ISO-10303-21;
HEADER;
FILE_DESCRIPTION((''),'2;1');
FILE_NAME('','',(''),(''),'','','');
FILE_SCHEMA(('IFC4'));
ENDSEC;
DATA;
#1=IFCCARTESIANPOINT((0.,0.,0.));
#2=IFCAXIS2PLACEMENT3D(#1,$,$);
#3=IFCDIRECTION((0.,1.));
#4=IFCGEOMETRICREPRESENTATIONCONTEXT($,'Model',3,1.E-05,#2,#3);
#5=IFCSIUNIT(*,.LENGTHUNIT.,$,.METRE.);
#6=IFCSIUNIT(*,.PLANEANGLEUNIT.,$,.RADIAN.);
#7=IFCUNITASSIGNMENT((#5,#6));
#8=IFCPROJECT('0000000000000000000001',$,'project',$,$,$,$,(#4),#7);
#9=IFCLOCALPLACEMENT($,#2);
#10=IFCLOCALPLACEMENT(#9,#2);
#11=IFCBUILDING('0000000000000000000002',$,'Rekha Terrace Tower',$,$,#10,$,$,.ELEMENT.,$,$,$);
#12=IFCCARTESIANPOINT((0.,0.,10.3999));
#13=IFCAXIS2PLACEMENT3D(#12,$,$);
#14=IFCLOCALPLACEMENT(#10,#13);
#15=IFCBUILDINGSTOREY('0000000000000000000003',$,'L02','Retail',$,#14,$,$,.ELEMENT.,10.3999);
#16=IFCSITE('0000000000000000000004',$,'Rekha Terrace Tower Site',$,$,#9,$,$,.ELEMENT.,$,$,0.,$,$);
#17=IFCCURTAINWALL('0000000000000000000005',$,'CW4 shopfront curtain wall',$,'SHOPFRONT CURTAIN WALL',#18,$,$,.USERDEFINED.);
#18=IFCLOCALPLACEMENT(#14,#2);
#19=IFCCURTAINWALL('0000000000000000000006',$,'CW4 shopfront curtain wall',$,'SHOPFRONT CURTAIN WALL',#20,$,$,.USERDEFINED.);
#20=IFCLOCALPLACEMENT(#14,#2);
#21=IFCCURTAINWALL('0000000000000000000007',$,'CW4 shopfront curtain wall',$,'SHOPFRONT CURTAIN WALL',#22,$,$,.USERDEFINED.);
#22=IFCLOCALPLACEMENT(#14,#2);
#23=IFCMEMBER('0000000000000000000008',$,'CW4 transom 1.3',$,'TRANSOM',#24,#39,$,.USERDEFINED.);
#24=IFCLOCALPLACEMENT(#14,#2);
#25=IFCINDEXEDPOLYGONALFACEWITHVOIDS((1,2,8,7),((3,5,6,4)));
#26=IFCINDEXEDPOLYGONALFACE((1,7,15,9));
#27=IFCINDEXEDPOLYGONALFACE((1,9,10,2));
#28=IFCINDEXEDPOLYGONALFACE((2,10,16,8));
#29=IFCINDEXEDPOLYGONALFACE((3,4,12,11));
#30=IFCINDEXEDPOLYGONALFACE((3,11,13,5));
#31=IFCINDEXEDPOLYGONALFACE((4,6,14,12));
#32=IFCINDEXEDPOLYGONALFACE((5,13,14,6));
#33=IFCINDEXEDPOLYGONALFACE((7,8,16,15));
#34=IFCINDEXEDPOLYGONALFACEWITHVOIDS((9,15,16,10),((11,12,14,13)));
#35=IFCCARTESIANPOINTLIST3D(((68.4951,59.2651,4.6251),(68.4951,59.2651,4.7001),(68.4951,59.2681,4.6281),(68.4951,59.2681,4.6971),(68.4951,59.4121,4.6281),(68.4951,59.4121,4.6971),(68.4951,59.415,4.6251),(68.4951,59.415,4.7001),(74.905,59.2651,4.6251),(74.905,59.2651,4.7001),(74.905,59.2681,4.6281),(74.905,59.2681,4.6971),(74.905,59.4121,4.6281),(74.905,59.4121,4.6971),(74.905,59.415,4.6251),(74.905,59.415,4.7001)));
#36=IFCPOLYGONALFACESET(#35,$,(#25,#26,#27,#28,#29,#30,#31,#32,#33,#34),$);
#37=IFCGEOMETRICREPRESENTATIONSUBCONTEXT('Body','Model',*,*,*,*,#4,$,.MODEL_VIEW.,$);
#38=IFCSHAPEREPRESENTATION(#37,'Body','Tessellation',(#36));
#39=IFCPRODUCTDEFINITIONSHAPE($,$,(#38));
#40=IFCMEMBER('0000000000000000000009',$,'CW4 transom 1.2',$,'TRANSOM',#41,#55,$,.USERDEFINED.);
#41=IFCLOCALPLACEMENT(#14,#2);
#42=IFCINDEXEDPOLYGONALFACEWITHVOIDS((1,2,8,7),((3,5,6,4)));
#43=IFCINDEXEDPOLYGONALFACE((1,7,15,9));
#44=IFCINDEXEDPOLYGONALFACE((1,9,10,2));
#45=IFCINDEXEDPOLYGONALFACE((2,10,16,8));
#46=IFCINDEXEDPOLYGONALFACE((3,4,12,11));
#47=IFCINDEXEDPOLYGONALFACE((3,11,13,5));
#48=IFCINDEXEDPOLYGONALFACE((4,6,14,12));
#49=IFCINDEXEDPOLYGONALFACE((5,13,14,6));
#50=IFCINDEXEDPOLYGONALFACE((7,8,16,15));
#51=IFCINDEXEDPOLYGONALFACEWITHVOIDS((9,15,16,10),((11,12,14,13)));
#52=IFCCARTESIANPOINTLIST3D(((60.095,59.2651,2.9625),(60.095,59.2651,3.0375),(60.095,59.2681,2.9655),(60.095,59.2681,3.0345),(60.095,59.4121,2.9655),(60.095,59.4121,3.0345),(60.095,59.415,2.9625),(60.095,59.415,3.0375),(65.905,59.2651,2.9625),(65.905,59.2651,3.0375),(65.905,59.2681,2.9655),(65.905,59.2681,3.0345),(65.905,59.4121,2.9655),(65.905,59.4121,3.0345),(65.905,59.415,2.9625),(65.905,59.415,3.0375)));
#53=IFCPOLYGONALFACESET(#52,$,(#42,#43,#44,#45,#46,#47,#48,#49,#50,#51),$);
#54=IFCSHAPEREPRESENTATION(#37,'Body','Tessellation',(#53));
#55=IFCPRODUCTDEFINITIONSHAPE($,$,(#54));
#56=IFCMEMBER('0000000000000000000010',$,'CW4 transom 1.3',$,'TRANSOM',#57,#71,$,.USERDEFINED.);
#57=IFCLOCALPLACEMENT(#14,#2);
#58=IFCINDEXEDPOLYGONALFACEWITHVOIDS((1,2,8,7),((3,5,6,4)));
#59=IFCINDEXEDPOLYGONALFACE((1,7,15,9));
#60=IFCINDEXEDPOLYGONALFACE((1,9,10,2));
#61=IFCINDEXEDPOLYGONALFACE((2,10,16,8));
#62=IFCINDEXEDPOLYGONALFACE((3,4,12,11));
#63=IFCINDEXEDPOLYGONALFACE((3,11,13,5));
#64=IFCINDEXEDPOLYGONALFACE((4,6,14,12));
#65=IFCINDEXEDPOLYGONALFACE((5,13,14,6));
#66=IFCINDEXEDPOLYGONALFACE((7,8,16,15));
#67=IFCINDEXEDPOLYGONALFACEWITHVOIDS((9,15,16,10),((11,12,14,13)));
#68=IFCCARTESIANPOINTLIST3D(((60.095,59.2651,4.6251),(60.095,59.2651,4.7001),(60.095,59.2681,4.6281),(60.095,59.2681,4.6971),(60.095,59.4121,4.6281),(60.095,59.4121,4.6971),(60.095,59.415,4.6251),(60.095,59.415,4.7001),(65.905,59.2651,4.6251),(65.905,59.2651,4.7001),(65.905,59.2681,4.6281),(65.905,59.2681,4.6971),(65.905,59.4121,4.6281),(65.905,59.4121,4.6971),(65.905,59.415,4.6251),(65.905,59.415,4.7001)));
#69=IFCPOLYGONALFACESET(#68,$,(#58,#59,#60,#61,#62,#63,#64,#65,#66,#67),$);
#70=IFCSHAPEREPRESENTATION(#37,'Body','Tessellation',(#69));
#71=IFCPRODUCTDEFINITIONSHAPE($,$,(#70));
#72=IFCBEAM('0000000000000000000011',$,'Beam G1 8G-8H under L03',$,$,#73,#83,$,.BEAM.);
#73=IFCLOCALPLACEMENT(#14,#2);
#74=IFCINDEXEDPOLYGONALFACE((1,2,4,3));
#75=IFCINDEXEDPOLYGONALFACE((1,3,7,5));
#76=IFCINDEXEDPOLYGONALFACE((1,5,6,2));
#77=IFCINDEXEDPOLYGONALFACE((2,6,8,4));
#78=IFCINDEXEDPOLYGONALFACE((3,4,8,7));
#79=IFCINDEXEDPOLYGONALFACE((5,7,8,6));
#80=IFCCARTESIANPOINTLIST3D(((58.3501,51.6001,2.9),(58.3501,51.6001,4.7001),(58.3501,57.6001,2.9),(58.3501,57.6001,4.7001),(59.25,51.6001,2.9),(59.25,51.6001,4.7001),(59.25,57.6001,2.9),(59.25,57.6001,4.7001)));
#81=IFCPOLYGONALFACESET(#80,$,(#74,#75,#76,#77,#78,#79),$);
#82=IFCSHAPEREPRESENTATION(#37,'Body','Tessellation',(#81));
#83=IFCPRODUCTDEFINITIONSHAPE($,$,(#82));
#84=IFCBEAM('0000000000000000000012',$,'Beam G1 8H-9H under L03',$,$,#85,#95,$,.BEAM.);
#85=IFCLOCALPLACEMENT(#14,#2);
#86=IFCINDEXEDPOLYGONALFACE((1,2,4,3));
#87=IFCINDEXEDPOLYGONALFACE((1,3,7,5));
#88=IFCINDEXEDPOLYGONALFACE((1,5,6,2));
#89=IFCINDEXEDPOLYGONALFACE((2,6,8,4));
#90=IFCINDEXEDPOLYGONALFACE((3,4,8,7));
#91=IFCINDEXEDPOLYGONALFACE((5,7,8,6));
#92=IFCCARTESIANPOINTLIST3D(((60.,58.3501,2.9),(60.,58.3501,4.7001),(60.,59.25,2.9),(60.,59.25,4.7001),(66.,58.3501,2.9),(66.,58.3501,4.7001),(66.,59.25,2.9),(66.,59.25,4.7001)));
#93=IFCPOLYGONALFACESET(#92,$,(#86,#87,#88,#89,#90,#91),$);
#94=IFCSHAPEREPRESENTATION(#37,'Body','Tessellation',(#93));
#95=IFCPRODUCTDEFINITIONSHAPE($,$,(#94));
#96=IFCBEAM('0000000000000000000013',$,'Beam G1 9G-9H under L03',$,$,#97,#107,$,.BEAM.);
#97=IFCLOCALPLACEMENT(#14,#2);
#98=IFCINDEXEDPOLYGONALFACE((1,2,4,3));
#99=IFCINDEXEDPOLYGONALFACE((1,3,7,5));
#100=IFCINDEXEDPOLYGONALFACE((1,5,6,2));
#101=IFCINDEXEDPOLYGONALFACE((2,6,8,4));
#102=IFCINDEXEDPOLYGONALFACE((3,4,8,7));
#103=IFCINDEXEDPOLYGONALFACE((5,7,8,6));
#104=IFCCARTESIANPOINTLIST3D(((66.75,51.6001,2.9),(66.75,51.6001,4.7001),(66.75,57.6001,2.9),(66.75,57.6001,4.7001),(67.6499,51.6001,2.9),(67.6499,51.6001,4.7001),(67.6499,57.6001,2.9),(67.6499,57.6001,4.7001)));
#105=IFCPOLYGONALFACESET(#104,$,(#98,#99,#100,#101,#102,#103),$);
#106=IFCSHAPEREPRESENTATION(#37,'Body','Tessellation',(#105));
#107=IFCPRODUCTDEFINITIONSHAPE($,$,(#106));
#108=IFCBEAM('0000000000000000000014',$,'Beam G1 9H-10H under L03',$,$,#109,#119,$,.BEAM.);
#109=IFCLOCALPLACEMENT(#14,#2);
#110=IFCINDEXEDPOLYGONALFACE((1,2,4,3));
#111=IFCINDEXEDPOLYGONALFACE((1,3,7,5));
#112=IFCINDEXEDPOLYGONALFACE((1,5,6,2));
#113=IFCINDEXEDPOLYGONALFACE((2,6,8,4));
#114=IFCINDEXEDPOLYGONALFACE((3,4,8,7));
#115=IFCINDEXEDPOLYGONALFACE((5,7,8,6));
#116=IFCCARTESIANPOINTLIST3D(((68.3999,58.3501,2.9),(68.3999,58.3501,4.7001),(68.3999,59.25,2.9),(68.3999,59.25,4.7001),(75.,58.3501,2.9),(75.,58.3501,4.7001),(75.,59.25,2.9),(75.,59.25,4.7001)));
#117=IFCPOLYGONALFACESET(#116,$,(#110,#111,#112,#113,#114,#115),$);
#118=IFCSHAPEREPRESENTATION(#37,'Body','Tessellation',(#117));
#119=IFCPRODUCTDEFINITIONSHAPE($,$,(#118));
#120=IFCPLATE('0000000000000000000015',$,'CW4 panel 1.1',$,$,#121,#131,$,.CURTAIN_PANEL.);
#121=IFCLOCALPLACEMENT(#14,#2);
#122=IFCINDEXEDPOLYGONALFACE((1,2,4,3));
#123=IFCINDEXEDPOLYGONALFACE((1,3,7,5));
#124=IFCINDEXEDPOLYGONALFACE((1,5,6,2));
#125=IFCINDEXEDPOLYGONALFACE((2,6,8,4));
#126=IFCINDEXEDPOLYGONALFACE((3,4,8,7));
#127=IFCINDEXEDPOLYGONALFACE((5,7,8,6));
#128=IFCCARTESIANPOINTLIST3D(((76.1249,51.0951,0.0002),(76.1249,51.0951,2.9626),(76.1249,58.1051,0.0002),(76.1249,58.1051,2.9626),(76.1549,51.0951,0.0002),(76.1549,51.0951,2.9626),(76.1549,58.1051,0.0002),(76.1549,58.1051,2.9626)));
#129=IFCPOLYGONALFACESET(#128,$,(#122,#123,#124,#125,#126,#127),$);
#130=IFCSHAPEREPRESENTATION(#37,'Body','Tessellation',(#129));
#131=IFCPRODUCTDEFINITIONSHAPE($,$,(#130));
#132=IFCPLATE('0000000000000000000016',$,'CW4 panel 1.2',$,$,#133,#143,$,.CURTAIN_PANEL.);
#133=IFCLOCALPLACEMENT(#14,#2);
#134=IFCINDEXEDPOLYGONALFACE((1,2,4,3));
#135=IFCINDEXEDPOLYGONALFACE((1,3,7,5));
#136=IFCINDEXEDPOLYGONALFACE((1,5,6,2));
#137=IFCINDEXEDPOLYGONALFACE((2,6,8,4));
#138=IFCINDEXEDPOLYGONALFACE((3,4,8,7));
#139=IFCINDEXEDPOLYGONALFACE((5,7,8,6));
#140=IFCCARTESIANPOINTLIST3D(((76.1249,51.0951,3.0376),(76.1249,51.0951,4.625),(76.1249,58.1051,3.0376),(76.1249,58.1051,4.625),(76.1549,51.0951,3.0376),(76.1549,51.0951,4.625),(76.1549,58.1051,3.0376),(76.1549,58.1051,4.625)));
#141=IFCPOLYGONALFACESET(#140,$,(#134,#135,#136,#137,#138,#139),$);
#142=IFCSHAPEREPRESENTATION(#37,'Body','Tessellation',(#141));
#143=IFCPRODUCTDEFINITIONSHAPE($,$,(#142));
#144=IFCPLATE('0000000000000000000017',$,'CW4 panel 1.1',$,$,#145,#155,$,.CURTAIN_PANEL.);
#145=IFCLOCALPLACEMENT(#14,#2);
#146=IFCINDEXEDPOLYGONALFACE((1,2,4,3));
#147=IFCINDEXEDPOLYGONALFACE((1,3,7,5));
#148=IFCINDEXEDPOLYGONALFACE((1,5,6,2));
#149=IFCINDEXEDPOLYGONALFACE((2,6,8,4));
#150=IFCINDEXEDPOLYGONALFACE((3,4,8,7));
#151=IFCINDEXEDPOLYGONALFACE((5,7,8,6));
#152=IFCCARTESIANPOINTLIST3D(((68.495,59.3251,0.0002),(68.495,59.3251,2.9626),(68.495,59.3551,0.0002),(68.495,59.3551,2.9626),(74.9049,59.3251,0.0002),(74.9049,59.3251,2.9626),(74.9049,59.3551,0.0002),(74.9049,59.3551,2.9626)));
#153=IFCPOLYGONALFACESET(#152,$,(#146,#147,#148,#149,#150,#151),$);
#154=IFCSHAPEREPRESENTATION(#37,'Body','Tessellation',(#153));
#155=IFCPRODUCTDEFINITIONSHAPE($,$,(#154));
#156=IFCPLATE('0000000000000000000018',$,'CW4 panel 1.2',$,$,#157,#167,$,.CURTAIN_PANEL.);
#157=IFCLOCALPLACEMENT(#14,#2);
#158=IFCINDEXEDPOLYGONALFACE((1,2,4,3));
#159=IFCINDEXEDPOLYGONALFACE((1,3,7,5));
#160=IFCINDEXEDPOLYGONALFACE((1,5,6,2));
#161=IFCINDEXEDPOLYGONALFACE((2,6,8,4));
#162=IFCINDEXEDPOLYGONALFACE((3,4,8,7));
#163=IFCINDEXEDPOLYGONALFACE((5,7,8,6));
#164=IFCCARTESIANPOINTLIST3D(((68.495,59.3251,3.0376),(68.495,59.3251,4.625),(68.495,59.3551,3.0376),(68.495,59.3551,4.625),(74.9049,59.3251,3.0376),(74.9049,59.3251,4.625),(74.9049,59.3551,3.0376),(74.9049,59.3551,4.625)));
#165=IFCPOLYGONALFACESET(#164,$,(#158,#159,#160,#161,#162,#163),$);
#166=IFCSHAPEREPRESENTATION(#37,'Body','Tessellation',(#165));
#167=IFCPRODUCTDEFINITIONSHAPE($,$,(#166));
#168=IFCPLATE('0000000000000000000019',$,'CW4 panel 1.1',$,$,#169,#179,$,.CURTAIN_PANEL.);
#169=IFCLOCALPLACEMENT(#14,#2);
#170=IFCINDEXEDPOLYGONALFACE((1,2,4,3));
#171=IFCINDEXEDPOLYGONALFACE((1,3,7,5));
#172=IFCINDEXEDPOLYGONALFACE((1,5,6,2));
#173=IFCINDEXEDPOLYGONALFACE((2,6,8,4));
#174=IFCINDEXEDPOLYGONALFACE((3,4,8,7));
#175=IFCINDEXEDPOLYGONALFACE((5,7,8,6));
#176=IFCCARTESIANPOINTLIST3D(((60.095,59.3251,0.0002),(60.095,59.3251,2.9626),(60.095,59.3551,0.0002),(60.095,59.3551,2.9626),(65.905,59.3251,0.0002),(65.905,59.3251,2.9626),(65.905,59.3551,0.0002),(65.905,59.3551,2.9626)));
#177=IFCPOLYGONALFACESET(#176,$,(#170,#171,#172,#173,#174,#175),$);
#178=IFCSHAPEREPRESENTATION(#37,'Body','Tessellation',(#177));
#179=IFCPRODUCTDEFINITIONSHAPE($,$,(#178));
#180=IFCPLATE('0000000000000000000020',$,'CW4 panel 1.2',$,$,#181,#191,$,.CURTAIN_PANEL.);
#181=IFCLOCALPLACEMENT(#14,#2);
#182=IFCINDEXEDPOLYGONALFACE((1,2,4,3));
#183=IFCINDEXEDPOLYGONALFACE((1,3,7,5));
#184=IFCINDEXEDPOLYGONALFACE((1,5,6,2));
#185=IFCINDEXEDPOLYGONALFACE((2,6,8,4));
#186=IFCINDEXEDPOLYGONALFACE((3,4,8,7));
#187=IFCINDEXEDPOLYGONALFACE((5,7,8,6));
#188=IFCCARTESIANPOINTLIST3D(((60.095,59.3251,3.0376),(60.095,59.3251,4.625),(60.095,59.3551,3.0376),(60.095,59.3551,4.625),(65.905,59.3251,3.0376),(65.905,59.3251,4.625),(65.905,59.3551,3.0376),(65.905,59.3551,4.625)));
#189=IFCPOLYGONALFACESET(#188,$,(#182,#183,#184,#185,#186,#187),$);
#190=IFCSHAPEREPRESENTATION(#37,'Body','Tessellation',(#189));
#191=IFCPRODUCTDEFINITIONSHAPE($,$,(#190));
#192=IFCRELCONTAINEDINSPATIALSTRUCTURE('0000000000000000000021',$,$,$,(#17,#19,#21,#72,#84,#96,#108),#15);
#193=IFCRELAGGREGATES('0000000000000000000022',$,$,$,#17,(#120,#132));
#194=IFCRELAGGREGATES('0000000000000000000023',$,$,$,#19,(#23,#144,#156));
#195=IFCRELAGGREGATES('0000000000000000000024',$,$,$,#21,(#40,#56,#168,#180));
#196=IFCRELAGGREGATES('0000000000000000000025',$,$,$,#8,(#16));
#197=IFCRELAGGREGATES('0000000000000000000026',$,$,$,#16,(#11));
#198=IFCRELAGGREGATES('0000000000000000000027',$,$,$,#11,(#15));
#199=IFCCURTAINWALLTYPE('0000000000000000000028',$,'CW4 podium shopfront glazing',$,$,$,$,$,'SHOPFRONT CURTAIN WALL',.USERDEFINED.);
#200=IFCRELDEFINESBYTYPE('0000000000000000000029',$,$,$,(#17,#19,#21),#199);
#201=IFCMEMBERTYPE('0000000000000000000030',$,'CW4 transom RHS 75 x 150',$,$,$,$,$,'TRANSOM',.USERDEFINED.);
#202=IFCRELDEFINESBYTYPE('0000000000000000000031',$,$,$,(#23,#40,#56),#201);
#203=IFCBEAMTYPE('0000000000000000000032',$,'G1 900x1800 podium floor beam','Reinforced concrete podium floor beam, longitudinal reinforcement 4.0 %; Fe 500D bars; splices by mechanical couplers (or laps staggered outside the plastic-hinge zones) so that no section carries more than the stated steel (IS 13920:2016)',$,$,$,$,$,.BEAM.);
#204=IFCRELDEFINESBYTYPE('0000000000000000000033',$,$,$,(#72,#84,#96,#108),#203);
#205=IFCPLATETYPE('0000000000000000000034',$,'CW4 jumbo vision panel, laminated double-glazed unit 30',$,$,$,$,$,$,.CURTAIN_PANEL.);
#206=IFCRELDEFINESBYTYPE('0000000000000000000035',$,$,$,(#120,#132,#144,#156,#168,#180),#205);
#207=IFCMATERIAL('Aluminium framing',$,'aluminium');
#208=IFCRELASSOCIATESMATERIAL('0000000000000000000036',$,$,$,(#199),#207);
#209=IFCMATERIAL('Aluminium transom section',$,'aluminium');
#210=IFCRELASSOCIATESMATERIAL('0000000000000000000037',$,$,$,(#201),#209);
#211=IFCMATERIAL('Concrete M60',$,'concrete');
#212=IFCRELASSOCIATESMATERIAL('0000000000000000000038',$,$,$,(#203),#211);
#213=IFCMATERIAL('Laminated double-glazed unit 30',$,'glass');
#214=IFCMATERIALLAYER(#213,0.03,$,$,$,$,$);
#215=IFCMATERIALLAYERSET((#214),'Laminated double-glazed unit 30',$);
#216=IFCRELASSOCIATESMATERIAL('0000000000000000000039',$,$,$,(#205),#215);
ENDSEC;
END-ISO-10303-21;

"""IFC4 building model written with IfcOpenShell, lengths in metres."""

from ifc_helpers import new_model, si_unit, direction, frame, origin, origin_2d, place, context, subcontext, project, spatial, rectangle, hollow_rectangle, extrude, material, layer, layer_set, material_profile, profile_set, type_object, element, aggregate, save


model = new_model("IFC4")

# Units and contexts
model_context = context("Model", 3, precision=1e-05, world=origin(), true_north=direction((0.0, 1.0)))
body_context = subcontext(model_context, "Body", "Model", "MODEL_VIEW")
ifc_project = project(units=[si_unit("LENGTHUNIT", "METRE"), si_unit("PLANEANGLEUNIT", "RADIAN")], contexts=[model_context])

# Site, building, storey
site_placement = place(None, origin())
site = spatial("IfcSite", under=ifc_project, at=site_placement, Name="Rekha Terrace Tower Site", CompositionType="ELEMENT", RefElevation=0.0)
building_placement = place(site_placement, origin())
building = spatial("IfcBuilding", under=site, at=building_placement, Name="Rekha Terrace Tower", CompositionType="ELEMENT")
storey_placement = place(building_placement, frame((0.0, 0.0, 10.3999)))
storey = spatial("IfcBuildingStorey", under=building, at=storey_placement, Name="L02", Description="Retail", CompositionType="ELEMENT", Elevation=10.3999)

# Shared definitions
ifc_material_1 = material(Name="Concrete M60", Category="concrete")

# Curtain wall
ifc_material_2 = material(Name="Aluminium framing", Category="aluminium")
curtain_wall_type = type_object("IfcCurtainWallType", Name="CW4 podium shopfront glazing", ElementType="SHOPFRONT CURTAIN WALL", PredefinedType="USERDEFINED", material=ifc_material_2)
curtain_wall_1_placement = place(storey_placement, origin())
curtain_wall_1 = element("IfcCurtainWall", 1, at=curtain_wall_1_placement, inside=storey, type_object=curtain_wall_type, Name="CW4 shopfront curtain wall", ObjectType="SHOPFRONT CURTAIN WALL", PredefinedType="USERDEFINED")

# Curtain walls
curtain_wall_2_placement = place(storey_placement, origin())
curtain_wall_2 = element("IfcCurtainWall", 2, at=curtain_wall_2_placement, inside=storey, type_object=curtain_wall_type, Name="CW4 shopfront curtain wall", ObjectType="SHOPFRONT CURTAIN WALL", PredefinedType="USERDEFINED")
curtain_wall_3_placement = place(storey_placement, origin())
curtain_wall_3 = element("IfcCurtainWall", 3, at=curtain_wall_3_placement, inside=storey, type_object=curtain_wall_type, Name="CW4 shopfront curtain wall", ObjectType="SHOPFRONT CURTAIN WALL", PredefinedType="USERDEFINED")

# Members
ifc_material_3 = material(Name="Aluminium transom section", Category="aluminium")
ifc_material_profile_1 = material_profile(ifc_material_3, hollow_rectangle(XDim=0.1499, YDim=0.075, WallThickness=0.0029, at=origin_2d()), Name="AL RHS 150x75")
ifc_profile_set_1 = profile_set([ifc_material_profile_1], Name="Aluminium transom section")
member_type_1 = type_object("IfcMemberType", Name="CW4 transom RHS 75 x 150", ElementType="TRANSOM", PredefinedType="USERDEFINED", material=ifc_profile_set_1)
member_1_placement = place(storey_placement, frame((74.905, 59.3401, 4.6626), z_axis=(-1.0, 0.0, 0.0), x_axis=(0.0, -1.0, 0.0)))
member_1 = element("IfcMember", 4, at=member_1_placement, type_object=member_type_1, Name="CW4 transom 1.3", ObjectType="TRANSOM", PredefinedType="USERDEFINED", context=body_context, shape_type="SweptSolid", body=[
    extrude(hollow_rectangle(XDim=0.1499, YDim=0.075, WallThickness=0.0029, at=origin_2d()), origin(), (0.0, 0.0, 1.0), 6.4099),
])
member_2_placement = place(storey_placement, frame((65.905, 59.3401, 3.0), z_axis=(-1.0, 0.0, 0.0), x_axis=(0.0, -1.0, 0.0)))
member_2 = element("IfcMember", 5, at=member_2_placement, type_object=member_type_1, Name="CW4 transom 1.2", ObjectType="TRANSOM", PredefinedType="USERDEFINED", context=body_context, shape_type="SweptSolid", body=[
    extrude(hollow_rectangle(XDim=0.1499, YDim=0.075, WallThickness=0.0029, at=origin_2d()), origin(), (0.0, 0.0, 1.0), 5.8101),
])
member_3_placement = place(storey_placement, frame((65.905, 59.3401, 4.6626), z_axis=(-1.0, 0.0, 0.0), x_axis=(0.0, -1.0, 0.0)))
member_3 = element("IfcMember", 6, at=member_3_placement, type_object=member_type_1, Name="CW4 transom 1.3", ObjectType="TRANSOM", PredefinedType="USERDEFINED", context=body_context, shape_type="SweptSolid", body=[
    extrude(hollow_rectangle(XDim=0.1499, YDim=0.075, WallThickness=0.0029, at=origin_2d()), origin(), (0.0, 0.0, 1.0), 5.8101),
])

# Beams
ifc_material_profile_2 = material_profile(ifc_material_1, rectangle(XDim=0.8999, YDim=1.8, at=origin_2d()), Name="RC 900x1800")
ifc_profile_set_2 = profile_set([ifc_material_profile_2], Name="Concrete M60")
beam_type = type_object("IfcBeamType", Name="G1 900x1800 podium floor beam", Description="Reinforced concrete podium floor beam, longitudinal reinforcement 4.0 %; Fe 500D bars; splices by mechanical couplers (or laps staggered outside the plastic-hinge zones) so that no section carries more than the stated steel (IS 13920:2016)", PredefinedType="BEAM", material=ifc_profile_set_2)
for number, where, z_axis, x_axis, name in (
    (7, (58.8, 51.6001, 3.8), (0.0, 1.0, 0.0), (-1.0, 0.0, 0.0), "Beam G1 8G-8H under L03"),
    (8, (60.0, 58.8, 3.8), (1.0, 0.0, 0.0), (0.0, 1.0, 0.0), "Beam G1 8H-9H under L03"),
    (9, (67.2, 51.6001, 3.8), (0.0, 1.0, 0.0), (-1.0, 0.0, 0.0), "Beam G1 9G-9H under L03"),
):
    element("IfcBeam", number, at=place(storey_placement, frame(where, z_axis=z_axis, x_axis=x_axis)), inside=storey, type_object=beam_type, Name=name, PredefinedType="BEAM", context=body_context, shape_type="SweptSolid", body=[
        extrude(rectangle(XDim=0.8999, YDim=1.8, at=origin_2d()), origin(), (0.0, 0.0, 1.0), 6.0),
    ])
beam_placement = place(storey_placement, frame((68.3999, 58.8, 3.8), z_axis=(1.0, 0.0, 0.0), x_axis=(0.0, 1.0, 0.0)))
element("IfcBeam", 10, at=beam_placement, inside=storey, type_object=beam_type, Name="Beam G1 9H-10H under L03", PredefinedType="BEAM", context=body_context, shape_type="SweptSolid", body=[
    extrude(rectangle(XDim=0.8999, YDim=1.8, at=origin_2d()), origin(), (0.0, 0.0, 1.0), 6.6001),
])

# Plates
ifc_material_4 = material(Name="Laminated double-glazed unit 30", Category="glass")
ifc_layer = layer(ifc_material_4, 0.03)
ifc_layer_set = layer_set([ifc_layer], Name="Laminated double-glazed unit 30")
plate_type = type_object("IfcPlateType", Name="CW4 jumbo vision panel, laminated double-glazed unit 30", PredefinedType="CURTAIN_PANEL", material=ifc_layer_set)
plate_1_placement = place(storey_placement, frame((76.1399, 54.6001, 0.0002), z_axis=(0.0, 0.0, 1.0), x_axis=(0.0, 1.0, 0.0)))
plate_1 = element("IfcPlate", 11, at=plate_1_placement, type_object=plate_type, Name="CW4 panel 1.1", PredefinedType="CURTAIN_PANEL", context=body_context, shape_type="SweptSolid", body=[
    extrude(rectangle(XDim=7.01, YDim=0.03, at=origin_2d()), origin(), (0.0, 0.0, 1.0), 2.9624),
])
plate_2_placement = place(storey_placement, frame((76.1399, 54.6001, 3.0376), z_axis=(0.0, 0.0, 1.0), x_axis=(0.0, 1.0, 0.0)))
plate_2 = element("IfcPlate", 12, at=plate_2_placement, type_object=plate_type, Name="CW4 panel 1.2", PredefinedType="CURTAIN_PANEL", context=body_context, shape_type="SweptSolid", body=[
    extrude(rectangle(XDim=7.01, YDim=0.03, at=origin_2d()), origin(), (0.0, 0.0, 1.0), 1.5874),
])
aggregate(curtain_wall_1, [plate_1, plate_2])
plate_3_placement = place(storey_placement, frame((71.7, 59.3401, 0.0002), z_axis=(0.0, 0.0, 1.0), x_axis=(-1.0, 0.0, 0.0)))
plate_3 = element("IfcPlate", 13, at=plate_3_placement, type_object=plate_type, Name="CW4 panel 1.1", PredefinedType="CURTAIN_PANEL", context=body_context, shape_type="SweptSolid", body=[
    extrude(rectangle(XDim=6.4099, YDim=0.03, at=origin_2d()), origin(), (0.0, 0.0, 1.0), 2.9624),
])
plate_4_placement = place(storey_placement, frame((71.7, 59.3401, 3.0376), z_axis=(0.0, 0.0, 1.0), x_axis=(-1.0, 0.0, 0.0)))
plate_4 = element("IfcPlate", 14, at=plate_4_placement, type_object=plate_type, Name="CW4 panel 1.2", PredefinedType="CURTAIN_PANEL", context=body_context, shape_type="SweptSolid", body=[
    extrude(rectangle(XDim=6.4099, YDim=0.03, at=origin_2d()), origin(), (0.0, 0.0, 1.0), 1.5874),
])
aggregate(curtain_wall_2, [member_1, plate_3, plate_4])
plate_5_placement = place(storey_placement, frame((63.0, 59.3401, 0.0002), z_axis=(0.0, 0.0, 1.0), x_axis=(-1.0, 0.0, 0.0)))
plate_5 = element("IfcPlate", 15, at=plate_5_placement, type_object=plate_type, Name="CW4 panel 1.1", PredefinedType="CURTAIN_PANEL", context=body_context, shape_type="SweptSolid", body=[
    extrude(rectangle(XDim=5.8101, YDim=0.03, at=origin_2d()), origin(), (0.0, 0.0, 1.0), 2.9624),
])
plate_6_placement = place(storey_placement, frame((63.0, 59.3401, 3.0376), z_axis=(0.0, 0.0, 1.0), x_axis=(-1.0, 0.0, 0.0)))
plate_6 = element("IfcPlate", 16, at=plate_6_placement, type_object=plate_type, Name="CW4 panel 1.2", PredefinedType="CURTAIN_PANEL", context=body_context, shape_type="SweptSolid", body=[
    extrude(rectangle(XDim=5.8101, YDim=0.03, at=origin_2d()), origin(), (0.0, 0.0, 1.0), 1.5874),
])
aggregate(curtain_wall_3, [member_2, member_3, plate_5, plate_6])

save(model, "model.ifc")
